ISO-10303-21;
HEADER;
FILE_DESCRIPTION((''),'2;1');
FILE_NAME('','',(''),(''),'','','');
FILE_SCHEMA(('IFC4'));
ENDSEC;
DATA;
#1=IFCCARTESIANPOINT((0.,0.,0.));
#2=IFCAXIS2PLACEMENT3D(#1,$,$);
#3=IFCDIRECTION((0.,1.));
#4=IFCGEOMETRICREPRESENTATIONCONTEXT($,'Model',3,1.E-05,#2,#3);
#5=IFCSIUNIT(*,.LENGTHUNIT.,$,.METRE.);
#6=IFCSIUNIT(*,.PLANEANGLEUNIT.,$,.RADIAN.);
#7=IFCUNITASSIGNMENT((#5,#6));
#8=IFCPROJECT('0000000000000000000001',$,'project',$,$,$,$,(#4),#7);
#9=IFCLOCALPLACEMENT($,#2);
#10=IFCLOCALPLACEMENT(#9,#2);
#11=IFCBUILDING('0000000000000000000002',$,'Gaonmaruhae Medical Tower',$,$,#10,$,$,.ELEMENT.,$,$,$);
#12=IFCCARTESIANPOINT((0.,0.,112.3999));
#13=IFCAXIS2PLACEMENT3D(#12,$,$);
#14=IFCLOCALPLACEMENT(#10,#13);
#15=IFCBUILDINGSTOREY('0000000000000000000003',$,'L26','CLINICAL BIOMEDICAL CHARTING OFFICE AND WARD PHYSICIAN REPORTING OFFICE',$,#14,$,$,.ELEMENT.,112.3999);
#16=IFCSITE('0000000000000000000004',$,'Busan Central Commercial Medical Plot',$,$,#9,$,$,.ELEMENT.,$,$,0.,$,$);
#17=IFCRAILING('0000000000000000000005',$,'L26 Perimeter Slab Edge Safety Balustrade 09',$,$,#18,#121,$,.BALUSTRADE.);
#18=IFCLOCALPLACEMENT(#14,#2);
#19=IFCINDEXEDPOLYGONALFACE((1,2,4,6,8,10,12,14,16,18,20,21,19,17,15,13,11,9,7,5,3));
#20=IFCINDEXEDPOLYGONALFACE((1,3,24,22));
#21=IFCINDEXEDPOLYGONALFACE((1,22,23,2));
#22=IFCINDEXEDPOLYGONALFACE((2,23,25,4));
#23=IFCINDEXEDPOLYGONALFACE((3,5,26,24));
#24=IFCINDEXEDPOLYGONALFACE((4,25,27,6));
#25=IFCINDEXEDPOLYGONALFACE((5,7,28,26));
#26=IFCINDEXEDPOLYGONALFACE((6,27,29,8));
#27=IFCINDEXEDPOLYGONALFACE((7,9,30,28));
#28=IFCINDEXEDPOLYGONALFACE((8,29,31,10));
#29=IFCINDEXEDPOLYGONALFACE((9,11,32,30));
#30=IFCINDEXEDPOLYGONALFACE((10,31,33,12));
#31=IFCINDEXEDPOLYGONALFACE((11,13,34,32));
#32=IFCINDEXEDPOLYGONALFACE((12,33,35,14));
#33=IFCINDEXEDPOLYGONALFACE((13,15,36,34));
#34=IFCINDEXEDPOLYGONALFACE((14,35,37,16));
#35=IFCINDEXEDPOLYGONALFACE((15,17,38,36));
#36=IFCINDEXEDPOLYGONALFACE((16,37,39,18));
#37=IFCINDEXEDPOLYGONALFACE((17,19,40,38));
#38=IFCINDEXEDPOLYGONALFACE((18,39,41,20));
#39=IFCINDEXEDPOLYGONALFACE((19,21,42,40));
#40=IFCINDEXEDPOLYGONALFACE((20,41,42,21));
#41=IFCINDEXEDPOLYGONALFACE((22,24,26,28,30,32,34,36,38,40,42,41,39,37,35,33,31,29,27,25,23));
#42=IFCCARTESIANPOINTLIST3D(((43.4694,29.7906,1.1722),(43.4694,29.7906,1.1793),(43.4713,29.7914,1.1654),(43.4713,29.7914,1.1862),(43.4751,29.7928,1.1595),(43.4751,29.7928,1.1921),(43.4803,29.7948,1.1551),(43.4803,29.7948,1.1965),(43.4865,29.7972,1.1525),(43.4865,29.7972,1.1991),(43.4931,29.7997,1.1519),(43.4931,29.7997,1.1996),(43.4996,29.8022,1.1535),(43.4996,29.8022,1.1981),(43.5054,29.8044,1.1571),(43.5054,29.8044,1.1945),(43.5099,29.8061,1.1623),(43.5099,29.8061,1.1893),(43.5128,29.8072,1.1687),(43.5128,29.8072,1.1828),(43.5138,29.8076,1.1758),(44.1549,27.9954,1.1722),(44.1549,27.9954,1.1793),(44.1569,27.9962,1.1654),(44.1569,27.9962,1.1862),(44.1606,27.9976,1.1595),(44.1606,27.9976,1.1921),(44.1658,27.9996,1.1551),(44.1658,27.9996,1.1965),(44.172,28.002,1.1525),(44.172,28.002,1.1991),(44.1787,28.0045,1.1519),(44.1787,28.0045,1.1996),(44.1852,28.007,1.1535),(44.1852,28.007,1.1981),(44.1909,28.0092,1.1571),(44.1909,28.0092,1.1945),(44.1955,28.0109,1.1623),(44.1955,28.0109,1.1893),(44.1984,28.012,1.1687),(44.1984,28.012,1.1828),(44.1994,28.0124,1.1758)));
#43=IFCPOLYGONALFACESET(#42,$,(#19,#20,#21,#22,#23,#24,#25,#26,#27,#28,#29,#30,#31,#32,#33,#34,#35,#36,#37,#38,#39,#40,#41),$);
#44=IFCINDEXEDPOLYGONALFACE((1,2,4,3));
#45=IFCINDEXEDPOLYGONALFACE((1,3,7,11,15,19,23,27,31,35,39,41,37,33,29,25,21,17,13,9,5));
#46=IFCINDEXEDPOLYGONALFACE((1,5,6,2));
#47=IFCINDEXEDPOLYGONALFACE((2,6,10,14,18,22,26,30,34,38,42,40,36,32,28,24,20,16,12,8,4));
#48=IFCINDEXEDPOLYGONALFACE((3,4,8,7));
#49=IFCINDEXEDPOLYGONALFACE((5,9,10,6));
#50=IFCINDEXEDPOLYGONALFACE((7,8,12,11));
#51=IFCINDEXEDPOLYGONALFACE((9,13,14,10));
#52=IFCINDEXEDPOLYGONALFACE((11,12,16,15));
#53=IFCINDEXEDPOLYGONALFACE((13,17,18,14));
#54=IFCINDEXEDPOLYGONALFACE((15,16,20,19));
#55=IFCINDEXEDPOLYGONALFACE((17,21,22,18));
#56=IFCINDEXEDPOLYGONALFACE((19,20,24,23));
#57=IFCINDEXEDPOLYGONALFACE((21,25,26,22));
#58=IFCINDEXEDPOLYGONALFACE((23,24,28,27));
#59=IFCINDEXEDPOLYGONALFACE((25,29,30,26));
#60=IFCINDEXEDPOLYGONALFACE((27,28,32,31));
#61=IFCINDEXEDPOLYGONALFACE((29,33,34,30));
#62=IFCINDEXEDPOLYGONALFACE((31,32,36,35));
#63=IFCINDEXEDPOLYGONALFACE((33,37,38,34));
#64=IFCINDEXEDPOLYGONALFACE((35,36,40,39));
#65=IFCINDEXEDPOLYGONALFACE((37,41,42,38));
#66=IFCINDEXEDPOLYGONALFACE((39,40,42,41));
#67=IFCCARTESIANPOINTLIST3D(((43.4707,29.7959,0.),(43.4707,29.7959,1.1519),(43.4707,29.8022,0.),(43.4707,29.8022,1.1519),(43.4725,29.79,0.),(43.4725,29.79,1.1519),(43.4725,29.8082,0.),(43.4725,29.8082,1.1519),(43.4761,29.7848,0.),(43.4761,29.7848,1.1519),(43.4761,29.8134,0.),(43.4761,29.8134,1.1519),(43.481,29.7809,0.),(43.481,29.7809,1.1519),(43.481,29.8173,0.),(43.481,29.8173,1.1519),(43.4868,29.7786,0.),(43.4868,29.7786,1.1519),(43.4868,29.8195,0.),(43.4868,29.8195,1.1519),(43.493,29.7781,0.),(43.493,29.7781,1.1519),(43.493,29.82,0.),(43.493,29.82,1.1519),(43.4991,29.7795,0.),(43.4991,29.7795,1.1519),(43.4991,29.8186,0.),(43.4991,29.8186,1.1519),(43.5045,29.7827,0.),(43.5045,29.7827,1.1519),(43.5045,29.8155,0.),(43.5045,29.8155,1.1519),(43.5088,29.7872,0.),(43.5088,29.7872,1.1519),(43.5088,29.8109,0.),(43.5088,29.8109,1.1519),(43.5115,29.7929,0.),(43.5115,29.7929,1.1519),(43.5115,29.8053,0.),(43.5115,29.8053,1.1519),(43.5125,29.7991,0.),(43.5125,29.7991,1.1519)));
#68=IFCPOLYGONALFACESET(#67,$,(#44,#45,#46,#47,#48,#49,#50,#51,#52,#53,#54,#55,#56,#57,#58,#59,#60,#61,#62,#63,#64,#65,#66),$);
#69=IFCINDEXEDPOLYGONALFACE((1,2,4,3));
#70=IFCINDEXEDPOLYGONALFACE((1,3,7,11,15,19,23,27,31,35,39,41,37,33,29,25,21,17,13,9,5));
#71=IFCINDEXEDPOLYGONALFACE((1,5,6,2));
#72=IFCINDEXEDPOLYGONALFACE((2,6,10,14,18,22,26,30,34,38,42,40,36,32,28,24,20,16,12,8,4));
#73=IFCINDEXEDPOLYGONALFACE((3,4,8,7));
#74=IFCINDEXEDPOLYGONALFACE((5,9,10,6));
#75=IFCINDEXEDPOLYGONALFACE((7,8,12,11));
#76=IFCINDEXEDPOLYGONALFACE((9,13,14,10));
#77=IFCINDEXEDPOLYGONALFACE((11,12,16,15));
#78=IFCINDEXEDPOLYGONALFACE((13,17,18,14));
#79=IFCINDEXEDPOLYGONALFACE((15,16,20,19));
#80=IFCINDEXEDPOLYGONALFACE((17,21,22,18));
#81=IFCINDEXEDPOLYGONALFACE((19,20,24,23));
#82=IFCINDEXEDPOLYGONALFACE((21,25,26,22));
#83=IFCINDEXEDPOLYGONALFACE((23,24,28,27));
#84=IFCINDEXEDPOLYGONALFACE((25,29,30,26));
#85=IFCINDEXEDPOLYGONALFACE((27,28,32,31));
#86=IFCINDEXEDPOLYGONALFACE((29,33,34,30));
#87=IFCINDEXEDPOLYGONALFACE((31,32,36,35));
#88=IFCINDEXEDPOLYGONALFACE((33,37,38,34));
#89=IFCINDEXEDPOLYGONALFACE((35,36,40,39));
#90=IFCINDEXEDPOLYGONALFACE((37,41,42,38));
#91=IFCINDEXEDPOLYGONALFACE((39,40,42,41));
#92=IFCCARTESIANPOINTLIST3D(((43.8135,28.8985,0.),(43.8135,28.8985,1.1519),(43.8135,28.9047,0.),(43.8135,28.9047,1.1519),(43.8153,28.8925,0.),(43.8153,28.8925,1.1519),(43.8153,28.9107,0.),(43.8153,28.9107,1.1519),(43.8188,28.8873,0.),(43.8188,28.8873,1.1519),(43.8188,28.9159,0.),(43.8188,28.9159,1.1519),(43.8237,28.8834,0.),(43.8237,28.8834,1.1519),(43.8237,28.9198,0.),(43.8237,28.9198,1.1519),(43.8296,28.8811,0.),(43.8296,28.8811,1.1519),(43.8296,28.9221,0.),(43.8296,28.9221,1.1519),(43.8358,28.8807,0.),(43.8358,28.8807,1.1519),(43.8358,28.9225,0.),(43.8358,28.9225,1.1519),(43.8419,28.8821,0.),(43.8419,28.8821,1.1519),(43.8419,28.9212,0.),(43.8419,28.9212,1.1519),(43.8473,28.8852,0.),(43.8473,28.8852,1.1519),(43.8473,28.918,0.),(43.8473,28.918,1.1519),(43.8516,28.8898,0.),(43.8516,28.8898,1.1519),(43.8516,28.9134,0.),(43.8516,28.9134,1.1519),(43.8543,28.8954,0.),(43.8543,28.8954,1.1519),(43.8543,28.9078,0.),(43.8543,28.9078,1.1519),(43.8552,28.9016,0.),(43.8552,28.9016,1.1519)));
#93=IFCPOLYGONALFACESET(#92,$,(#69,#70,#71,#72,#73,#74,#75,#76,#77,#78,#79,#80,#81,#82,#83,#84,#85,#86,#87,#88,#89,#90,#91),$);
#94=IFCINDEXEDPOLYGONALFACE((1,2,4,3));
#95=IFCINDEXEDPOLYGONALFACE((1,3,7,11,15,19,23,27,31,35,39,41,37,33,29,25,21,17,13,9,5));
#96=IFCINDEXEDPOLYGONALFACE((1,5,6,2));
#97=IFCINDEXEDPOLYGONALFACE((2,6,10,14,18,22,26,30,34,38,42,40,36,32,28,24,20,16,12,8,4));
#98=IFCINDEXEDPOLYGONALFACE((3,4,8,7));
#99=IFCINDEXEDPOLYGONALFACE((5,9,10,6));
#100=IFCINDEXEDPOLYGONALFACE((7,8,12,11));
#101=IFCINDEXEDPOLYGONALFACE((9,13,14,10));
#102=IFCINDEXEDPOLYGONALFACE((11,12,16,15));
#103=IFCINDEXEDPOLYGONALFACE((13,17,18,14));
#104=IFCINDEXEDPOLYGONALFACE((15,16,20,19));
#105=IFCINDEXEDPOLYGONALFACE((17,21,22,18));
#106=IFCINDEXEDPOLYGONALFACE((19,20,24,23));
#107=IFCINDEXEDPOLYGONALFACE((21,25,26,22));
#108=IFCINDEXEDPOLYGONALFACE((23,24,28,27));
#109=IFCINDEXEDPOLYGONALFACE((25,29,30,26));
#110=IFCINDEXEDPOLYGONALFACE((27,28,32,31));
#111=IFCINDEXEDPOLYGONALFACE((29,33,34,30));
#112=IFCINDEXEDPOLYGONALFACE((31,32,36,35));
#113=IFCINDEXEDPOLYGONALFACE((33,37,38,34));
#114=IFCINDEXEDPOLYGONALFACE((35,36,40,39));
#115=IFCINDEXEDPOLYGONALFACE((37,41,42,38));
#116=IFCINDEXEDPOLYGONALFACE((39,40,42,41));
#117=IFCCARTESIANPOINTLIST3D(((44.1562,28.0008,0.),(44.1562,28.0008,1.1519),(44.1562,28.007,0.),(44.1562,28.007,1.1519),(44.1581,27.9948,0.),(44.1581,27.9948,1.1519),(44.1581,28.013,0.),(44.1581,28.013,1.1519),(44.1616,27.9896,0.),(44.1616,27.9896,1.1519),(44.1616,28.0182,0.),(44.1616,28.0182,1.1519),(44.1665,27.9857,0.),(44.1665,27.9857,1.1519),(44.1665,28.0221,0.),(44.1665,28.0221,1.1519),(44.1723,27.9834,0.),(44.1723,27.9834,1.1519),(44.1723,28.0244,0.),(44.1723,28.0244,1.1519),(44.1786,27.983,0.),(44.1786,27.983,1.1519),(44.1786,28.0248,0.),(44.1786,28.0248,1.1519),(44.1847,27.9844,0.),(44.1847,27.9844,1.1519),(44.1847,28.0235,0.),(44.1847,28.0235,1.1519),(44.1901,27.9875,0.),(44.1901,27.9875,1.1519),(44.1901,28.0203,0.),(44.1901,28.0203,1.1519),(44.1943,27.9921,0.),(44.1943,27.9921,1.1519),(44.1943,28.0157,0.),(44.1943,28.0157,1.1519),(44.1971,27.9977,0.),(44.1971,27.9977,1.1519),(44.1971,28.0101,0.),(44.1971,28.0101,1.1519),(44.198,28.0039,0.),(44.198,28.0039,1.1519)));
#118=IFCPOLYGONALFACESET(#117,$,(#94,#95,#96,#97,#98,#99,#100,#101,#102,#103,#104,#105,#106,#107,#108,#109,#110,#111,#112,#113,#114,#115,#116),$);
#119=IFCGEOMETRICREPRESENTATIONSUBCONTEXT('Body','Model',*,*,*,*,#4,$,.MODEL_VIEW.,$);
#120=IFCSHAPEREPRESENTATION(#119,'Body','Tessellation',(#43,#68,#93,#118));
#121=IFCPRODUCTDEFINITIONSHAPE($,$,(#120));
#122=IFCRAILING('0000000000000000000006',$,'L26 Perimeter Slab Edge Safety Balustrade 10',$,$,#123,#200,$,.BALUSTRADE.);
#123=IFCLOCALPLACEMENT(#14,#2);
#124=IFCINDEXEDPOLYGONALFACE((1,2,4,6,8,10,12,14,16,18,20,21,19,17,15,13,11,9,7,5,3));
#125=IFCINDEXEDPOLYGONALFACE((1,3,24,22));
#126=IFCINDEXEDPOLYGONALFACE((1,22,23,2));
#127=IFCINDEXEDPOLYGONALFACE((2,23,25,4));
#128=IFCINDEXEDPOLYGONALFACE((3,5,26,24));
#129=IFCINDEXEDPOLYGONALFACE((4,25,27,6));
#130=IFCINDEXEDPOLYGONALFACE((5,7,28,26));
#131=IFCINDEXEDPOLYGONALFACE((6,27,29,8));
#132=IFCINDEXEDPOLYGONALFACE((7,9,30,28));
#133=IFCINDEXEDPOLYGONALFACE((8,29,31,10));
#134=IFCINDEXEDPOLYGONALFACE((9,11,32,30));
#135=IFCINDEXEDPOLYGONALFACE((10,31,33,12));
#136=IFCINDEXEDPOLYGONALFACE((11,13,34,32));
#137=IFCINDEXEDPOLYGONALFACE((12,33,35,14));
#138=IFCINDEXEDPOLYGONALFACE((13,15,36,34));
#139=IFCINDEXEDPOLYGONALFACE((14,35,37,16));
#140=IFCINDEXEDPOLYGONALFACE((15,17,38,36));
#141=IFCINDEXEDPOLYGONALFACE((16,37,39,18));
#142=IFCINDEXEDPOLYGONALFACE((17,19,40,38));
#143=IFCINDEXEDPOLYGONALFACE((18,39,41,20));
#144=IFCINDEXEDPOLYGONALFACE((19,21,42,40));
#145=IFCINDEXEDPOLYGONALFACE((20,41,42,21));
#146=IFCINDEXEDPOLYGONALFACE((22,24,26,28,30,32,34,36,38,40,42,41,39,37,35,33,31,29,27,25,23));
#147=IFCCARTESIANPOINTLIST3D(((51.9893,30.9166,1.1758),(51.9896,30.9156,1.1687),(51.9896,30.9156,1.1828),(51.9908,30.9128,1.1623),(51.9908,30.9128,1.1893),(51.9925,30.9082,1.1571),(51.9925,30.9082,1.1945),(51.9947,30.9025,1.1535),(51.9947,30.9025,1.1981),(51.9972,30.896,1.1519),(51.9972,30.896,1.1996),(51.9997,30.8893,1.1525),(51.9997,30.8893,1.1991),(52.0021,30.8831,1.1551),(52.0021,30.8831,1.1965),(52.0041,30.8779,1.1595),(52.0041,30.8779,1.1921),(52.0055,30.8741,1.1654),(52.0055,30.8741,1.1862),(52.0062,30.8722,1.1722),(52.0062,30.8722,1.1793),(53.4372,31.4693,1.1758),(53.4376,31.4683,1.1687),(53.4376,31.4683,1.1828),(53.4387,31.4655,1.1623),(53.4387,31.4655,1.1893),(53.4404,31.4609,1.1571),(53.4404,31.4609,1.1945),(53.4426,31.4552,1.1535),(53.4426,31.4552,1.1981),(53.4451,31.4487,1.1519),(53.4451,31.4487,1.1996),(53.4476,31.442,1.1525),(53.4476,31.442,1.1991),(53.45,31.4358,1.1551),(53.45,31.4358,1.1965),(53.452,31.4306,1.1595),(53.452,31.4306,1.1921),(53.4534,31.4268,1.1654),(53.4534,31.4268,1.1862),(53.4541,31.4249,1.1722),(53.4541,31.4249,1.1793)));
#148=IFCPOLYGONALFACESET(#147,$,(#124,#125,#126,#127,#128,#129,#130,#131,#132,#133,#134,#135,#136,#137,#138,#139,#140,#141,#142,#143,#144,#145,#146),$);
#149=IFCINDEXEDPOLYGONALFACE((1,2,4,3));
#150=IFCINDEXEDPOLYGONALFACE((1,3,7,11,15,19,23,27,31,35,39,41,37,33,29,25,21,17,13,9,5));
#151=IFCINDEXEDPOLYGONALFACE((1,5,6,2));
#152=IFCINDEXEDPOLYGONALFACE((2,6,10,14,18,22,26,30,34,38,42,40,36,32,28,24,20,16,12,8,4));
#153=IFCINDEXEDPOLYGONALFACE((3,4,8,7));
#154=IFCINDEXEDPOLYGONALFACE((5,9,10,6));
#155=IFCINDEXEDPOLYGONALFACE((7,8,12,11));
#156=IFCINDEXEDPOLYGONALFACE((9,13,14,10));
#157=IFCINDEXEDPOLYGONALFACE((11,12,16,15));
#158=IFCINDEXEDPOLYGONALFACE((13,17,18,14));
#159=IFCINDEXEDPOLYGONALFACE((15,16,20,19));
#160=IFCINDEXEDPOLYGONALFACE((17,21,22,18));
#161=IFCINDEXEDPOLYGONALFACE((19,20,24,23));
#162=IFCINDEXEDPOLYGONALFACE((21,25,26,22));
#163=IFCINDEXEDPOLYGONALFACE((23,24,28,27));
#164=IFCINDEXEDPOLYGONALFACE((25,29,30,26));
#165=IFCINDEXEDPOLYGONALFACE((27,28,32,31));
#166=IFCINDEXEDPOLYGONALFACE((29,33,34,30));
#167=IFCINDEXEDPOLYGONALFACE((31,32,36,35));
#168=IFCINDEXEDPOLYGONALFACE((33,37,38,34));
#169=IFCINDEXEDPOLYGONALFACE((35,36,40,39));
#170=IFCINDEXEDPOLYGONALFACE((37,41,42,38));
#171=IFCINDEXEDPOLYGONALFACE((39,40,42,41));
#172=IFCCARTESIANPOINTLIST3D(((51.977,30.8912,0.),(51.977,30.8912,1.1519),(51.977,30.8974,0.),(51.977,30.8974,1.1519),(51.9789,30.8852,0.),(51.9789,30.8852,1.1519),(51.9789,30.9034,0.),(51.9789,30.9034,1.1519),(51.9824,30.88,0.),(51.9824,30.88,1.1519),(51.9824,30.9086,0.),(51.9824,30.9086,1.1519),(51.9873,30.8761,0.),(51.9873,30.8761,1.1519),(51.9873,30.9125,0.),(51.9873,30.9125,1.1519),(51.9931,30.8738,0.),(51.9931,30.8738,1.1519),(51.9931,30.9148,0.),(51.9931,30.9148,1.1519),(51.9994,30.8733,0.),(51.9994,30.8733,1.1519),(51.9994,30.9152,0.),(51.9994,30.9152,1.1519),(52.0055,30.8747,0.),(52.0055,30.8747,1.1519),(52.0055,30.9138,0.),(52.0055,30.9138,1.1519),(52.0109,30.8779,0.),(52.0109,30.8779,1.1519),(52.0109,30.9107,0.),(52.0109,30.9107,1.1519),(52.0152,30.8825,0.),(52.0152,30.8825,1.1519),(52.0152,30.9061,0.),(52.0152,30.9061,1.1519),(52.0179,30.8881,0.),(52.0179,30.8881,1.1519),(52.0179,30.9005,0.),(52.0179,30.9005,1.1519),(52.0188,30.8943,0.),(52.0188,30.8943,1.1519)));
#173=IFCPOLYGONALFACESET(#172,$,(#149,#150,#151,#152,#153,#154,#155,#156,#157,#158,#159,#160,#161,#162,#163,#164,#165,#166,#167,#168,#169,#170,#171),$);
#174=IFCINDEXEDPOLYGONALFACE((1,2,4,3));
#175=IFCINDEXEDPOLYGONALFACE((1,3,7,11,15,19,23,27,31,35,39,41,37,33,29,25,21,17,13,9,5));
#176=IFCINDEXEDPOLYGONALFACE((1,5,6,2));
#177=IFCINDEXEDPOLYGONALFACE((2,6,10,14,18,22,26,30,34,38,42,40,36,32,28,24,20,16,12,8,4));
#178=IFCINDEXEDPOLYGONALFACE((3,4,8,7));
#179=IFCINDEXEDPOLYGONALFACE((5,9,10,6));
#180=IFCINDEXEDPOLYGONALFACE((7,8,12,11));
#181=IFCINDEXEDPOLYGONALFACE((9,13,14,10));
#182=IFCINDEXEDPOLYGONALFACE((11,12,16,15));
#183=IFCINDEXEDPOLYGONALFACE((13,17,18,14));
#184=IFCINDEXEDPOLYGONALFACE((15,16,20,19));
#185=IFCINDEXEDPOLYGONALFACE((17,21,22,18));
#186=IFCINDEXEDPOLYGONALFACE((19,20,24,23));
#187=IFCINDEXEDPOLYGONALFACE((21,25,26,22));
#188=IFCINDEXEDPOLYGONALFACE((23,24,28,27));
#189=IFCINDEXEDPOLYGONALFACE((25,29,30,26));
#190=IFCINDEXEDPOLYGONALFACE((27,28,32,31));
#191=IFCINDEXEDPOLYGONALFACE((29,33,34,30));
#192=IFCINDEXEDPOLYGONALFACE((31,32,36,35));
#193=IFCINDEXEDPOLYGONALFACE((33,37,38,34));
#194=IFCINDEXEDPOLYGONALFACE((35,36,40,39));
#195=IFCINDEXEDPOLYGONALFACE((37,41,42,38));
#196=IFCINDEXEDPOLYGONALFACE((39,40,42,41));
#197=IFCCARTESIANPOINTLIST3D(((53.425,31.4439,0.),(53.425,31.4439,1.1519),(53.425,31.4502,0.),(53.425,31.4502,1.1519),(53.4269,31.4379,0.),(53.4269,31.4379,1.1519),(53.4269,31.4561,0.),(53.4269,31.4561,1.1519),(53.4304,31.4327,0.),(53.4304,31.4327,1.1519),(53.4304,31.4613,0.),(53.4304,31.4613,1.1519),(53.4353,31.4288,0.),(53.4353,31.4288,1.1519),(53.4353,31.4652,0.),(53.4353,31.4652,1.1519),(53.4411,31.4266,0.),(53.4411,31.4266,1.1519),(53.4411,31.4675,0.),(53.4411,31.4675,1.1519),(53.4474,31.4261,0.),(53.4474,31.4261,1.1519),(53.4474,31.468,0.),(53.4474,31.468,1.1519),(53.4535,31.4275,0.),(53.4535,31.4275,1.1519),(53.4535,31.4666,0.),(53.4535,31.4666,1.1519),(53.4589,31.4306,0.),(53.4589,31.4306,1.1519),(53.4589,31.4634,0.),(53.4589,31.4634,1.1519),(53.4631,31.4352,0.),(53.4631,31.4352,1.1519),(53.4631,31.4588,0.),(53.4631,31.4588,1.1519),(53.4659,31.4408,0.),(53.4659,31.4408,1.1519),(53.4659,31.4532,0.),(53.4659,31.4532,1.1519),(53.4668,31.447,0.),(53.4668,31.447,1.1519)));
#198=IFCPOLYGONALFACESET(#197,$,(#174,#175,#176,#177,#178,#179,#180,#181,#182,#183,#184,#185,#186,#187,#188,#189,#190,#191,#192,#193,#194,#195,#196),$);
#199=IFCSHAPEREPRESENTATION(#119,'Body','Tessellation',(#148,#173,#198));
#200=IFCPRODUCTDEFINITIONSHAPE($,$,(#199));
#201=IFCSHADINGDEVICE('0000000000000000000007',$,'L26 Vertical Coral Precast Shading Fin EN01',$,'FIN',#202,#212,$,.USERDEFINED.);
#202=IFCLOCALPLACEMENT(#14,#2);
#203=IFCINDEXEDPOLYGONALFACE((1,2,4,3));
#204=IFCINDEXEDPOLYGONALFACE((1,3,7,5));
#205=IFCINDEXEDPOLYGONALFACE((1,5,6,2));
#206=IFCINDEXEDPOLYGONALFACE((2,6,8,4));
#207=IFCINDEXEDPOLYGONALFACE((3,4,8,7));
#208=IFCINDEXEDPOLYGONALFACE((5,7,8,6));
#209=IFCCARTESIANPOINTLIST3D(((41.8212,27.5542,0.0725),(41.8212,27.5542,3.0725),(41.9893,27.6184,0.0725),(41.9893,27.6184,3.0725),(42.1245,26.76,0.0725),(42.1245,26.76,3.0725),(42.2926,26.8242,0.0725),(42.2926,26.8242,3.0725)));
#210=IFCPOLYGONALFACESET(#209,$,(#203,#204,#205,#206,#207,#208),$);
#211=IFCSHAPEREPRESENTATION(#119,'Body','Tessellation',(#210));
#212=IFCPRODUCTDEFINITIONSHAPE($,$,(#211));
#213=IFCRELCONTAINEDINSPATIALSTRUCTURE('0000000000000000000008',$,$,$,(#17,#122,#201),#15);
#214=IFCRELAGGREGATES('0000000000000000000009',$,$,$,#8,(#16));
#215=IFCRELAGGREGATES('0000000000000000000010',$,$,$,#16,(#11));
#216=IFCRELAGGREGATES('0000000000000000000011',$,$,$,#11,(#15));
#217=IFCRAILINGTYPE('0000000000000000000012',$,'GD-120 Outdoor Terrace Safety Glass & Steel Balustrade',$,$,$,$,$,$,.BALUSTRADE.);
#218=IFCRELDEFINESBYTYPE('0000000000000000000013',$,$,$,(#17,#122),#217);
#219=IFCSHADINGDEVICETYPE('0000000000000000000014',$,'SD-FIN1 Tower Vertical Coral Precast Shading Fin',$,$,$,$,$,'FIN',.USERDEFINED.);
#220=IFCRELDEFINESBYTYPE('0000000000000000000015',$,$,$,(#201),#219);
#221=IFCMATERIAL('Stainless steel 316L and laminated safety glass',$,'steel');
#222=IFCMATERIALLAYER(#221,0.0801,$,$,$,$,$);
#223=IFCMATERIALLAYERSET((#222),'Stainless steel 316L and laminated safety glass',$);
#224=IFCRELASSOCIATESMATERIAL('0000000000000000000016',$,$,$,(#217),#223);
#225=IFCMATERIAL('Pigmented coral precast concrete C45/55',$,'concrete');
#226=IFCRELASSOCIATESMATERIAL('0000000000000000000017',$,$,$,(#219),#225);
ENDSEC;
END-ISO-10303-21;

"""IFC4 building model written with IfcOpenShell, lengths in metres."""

from ifc_helpers import new_model, si_unit, direction, frame, origin, origin_2d, place, context, subcontext, project, spatial, rectangle, circle, extrude, material, layer, layer_set, type_object, element, save


model = new_model("IFC4")

# Units and contexts
model_context = context("Model", 3, precision=1e-05, world=origin(), true_north=direction((0.0, 1.0)))
body_context = subcontext(model_context, "Body", "Model", "MODEL_VIEW")
ifc_project = project(units=[si_unit("LENGTHUNIT", "METRE"), si_unit("PLANEANGLEUNIT", "RADIAN")], contexts=[model_context])

# Site, building, storey
site_placement = place(None, origin())
site = spatial("IfcSite", under=ifc_project, at=site_placement, Name="Busan Central Commercial Medical Plot", CompositionType="ELEMENT", RefElevation=0.0)
building_placement = place(site_placement, origin())
building = spatial("IfcBuilding", under=site, at=building_placement, Name="Gaonmaruhae Medical Tower", CompositionType="ELEMENT")
storey_placement = place(building_placement, frame((0.0, 0.0, 112.3999)))
storey = spatial("IfcBuildingStorey", under=building, at=storey_placement, Name="L26", Description="CLINICAL BIOMEDICAL CHARTING OFFICE AND WARD PHYSICIAN REPORTING OFFICE", CompositionType="ELEMENT", Elevation=112.3999)

# Railings
ifc_material_1 = material(Name="Stainless steel 316L and laminated safety glass", Category="steel")
ifc_layer_1 = layer(ifc_material_1, 0.0801)
ifc_layer_set_1 = layer_set([ifc_layer_1], Name="Stainless steel 316L and laminated safety glass")
railing_type = type_object("IfcRailingType", Name="GD-120 Outdoor Terrace Safety Glass & Steel Balustrade", PredefinedType="BALUSTRADE", material=ifc_layer_set_1)
railing_1_placement = place(storey_placement, frame((43.4915, 29.7991, 0.0)))
element("IfcRailing", 1, at=railing_1_placement, inside=storey, type_object=railing_type, Name="L26 Perimeter Slab Edge Safety Balustrade 09", PredefinedType="BALUSTRADE", context=body_context, shape_type="SweptSolid", body=[
    extrude(circle(Radius=0.0239, at=origin_2d()), frame((0.0, 0.0, 1.1758), z_axis=(0.356756, -0.934198, 0.0), x_axis=(0.934198, 0.356756, 0.0)), (0.0, 0.0, 1.0), 1.9216),
    extrude(circle(Radius=0.021, at=origin_2d()), origin(), (0.0, 0.0, 1.0), 1.1519),
    extrude(circle(Radius=0.021, at=origin_2d()), frame((0.3428, -0.8975, 0.0)), (0.0, 0.0, 1.0), 1.1519),
    extrude(circle(Radius=0.021, at=origin_2d()), frame((0.6855, -1.7952, 0.0)), (0.0, 0.0, 1.0), 1.1519),
])
railing_2_placement = place(storey_placement, frame((51.9978, 30.8943, 0.0)))
element("IfcRailing", 2, at=railing_2_placement, inside=storey, type_object=railing_type, Name="L26 Perimeter Slab Edge Safety Balustrade 10", PredefinedType="BALUSTRADE", context=body_context, shape_type="SweptSolid", body=[
    extrude(circle(Radius=0.0239, at=origin_2d()), frame((0.0, 0.0, 1.1758), z_axis=(0.934248, 0.356624, 0.0), x_axis=(-0.356624, 0.934248, 0.0)), (0.0, 0.0, 1.0), 1.5498),
    extrude(circle(Radius=0.021, at=origin_2d()), origin(), (0.0, 0.0, 1.0), 1.1519),
    extrude(circle(Radius=0.021, at=origin_2d()), frame((1.448, 0.5527, 0.0)), (0.0, 0.0, 1.0), 1.1519),
])

# Shading device
ifc_material_2 = material(Name="Pigmented coral precast concrete C45/55", Category="concrete")
shading_device_type = type_object("IfcShadingDeviceType", Name="SD-FIN1 Tower Vertical Coral Precast Shading Fin", ElementType="FIN", PredefinedType="USERDEFINED", material=ifc_material_2)
shading_device_placement = place(storey_placement, frame((42.0569, 27.1892, 0.0725), z_axis=(0.0, 0.0, 1.0), x_axis=(0.934198, 0.356754, 0.0)))
element("IfcShadingDevice", 3, at=shading_device_placement, inside=storey, type_object=shading_device_type, Name="L26 Vertical Coral Precast Shading Fin EN01", ObjectType="FIN", PredefinedType="USERDEFINED", context=body_context, shape_type="SweptSolid", body=[
    extrude(rectangle(XDim=0.1799, YDim=0.8501, at=origin_2d()), origin(), (0.0, 0.0, 1.0), 3.0),
])

save(model, "model.ifc")
